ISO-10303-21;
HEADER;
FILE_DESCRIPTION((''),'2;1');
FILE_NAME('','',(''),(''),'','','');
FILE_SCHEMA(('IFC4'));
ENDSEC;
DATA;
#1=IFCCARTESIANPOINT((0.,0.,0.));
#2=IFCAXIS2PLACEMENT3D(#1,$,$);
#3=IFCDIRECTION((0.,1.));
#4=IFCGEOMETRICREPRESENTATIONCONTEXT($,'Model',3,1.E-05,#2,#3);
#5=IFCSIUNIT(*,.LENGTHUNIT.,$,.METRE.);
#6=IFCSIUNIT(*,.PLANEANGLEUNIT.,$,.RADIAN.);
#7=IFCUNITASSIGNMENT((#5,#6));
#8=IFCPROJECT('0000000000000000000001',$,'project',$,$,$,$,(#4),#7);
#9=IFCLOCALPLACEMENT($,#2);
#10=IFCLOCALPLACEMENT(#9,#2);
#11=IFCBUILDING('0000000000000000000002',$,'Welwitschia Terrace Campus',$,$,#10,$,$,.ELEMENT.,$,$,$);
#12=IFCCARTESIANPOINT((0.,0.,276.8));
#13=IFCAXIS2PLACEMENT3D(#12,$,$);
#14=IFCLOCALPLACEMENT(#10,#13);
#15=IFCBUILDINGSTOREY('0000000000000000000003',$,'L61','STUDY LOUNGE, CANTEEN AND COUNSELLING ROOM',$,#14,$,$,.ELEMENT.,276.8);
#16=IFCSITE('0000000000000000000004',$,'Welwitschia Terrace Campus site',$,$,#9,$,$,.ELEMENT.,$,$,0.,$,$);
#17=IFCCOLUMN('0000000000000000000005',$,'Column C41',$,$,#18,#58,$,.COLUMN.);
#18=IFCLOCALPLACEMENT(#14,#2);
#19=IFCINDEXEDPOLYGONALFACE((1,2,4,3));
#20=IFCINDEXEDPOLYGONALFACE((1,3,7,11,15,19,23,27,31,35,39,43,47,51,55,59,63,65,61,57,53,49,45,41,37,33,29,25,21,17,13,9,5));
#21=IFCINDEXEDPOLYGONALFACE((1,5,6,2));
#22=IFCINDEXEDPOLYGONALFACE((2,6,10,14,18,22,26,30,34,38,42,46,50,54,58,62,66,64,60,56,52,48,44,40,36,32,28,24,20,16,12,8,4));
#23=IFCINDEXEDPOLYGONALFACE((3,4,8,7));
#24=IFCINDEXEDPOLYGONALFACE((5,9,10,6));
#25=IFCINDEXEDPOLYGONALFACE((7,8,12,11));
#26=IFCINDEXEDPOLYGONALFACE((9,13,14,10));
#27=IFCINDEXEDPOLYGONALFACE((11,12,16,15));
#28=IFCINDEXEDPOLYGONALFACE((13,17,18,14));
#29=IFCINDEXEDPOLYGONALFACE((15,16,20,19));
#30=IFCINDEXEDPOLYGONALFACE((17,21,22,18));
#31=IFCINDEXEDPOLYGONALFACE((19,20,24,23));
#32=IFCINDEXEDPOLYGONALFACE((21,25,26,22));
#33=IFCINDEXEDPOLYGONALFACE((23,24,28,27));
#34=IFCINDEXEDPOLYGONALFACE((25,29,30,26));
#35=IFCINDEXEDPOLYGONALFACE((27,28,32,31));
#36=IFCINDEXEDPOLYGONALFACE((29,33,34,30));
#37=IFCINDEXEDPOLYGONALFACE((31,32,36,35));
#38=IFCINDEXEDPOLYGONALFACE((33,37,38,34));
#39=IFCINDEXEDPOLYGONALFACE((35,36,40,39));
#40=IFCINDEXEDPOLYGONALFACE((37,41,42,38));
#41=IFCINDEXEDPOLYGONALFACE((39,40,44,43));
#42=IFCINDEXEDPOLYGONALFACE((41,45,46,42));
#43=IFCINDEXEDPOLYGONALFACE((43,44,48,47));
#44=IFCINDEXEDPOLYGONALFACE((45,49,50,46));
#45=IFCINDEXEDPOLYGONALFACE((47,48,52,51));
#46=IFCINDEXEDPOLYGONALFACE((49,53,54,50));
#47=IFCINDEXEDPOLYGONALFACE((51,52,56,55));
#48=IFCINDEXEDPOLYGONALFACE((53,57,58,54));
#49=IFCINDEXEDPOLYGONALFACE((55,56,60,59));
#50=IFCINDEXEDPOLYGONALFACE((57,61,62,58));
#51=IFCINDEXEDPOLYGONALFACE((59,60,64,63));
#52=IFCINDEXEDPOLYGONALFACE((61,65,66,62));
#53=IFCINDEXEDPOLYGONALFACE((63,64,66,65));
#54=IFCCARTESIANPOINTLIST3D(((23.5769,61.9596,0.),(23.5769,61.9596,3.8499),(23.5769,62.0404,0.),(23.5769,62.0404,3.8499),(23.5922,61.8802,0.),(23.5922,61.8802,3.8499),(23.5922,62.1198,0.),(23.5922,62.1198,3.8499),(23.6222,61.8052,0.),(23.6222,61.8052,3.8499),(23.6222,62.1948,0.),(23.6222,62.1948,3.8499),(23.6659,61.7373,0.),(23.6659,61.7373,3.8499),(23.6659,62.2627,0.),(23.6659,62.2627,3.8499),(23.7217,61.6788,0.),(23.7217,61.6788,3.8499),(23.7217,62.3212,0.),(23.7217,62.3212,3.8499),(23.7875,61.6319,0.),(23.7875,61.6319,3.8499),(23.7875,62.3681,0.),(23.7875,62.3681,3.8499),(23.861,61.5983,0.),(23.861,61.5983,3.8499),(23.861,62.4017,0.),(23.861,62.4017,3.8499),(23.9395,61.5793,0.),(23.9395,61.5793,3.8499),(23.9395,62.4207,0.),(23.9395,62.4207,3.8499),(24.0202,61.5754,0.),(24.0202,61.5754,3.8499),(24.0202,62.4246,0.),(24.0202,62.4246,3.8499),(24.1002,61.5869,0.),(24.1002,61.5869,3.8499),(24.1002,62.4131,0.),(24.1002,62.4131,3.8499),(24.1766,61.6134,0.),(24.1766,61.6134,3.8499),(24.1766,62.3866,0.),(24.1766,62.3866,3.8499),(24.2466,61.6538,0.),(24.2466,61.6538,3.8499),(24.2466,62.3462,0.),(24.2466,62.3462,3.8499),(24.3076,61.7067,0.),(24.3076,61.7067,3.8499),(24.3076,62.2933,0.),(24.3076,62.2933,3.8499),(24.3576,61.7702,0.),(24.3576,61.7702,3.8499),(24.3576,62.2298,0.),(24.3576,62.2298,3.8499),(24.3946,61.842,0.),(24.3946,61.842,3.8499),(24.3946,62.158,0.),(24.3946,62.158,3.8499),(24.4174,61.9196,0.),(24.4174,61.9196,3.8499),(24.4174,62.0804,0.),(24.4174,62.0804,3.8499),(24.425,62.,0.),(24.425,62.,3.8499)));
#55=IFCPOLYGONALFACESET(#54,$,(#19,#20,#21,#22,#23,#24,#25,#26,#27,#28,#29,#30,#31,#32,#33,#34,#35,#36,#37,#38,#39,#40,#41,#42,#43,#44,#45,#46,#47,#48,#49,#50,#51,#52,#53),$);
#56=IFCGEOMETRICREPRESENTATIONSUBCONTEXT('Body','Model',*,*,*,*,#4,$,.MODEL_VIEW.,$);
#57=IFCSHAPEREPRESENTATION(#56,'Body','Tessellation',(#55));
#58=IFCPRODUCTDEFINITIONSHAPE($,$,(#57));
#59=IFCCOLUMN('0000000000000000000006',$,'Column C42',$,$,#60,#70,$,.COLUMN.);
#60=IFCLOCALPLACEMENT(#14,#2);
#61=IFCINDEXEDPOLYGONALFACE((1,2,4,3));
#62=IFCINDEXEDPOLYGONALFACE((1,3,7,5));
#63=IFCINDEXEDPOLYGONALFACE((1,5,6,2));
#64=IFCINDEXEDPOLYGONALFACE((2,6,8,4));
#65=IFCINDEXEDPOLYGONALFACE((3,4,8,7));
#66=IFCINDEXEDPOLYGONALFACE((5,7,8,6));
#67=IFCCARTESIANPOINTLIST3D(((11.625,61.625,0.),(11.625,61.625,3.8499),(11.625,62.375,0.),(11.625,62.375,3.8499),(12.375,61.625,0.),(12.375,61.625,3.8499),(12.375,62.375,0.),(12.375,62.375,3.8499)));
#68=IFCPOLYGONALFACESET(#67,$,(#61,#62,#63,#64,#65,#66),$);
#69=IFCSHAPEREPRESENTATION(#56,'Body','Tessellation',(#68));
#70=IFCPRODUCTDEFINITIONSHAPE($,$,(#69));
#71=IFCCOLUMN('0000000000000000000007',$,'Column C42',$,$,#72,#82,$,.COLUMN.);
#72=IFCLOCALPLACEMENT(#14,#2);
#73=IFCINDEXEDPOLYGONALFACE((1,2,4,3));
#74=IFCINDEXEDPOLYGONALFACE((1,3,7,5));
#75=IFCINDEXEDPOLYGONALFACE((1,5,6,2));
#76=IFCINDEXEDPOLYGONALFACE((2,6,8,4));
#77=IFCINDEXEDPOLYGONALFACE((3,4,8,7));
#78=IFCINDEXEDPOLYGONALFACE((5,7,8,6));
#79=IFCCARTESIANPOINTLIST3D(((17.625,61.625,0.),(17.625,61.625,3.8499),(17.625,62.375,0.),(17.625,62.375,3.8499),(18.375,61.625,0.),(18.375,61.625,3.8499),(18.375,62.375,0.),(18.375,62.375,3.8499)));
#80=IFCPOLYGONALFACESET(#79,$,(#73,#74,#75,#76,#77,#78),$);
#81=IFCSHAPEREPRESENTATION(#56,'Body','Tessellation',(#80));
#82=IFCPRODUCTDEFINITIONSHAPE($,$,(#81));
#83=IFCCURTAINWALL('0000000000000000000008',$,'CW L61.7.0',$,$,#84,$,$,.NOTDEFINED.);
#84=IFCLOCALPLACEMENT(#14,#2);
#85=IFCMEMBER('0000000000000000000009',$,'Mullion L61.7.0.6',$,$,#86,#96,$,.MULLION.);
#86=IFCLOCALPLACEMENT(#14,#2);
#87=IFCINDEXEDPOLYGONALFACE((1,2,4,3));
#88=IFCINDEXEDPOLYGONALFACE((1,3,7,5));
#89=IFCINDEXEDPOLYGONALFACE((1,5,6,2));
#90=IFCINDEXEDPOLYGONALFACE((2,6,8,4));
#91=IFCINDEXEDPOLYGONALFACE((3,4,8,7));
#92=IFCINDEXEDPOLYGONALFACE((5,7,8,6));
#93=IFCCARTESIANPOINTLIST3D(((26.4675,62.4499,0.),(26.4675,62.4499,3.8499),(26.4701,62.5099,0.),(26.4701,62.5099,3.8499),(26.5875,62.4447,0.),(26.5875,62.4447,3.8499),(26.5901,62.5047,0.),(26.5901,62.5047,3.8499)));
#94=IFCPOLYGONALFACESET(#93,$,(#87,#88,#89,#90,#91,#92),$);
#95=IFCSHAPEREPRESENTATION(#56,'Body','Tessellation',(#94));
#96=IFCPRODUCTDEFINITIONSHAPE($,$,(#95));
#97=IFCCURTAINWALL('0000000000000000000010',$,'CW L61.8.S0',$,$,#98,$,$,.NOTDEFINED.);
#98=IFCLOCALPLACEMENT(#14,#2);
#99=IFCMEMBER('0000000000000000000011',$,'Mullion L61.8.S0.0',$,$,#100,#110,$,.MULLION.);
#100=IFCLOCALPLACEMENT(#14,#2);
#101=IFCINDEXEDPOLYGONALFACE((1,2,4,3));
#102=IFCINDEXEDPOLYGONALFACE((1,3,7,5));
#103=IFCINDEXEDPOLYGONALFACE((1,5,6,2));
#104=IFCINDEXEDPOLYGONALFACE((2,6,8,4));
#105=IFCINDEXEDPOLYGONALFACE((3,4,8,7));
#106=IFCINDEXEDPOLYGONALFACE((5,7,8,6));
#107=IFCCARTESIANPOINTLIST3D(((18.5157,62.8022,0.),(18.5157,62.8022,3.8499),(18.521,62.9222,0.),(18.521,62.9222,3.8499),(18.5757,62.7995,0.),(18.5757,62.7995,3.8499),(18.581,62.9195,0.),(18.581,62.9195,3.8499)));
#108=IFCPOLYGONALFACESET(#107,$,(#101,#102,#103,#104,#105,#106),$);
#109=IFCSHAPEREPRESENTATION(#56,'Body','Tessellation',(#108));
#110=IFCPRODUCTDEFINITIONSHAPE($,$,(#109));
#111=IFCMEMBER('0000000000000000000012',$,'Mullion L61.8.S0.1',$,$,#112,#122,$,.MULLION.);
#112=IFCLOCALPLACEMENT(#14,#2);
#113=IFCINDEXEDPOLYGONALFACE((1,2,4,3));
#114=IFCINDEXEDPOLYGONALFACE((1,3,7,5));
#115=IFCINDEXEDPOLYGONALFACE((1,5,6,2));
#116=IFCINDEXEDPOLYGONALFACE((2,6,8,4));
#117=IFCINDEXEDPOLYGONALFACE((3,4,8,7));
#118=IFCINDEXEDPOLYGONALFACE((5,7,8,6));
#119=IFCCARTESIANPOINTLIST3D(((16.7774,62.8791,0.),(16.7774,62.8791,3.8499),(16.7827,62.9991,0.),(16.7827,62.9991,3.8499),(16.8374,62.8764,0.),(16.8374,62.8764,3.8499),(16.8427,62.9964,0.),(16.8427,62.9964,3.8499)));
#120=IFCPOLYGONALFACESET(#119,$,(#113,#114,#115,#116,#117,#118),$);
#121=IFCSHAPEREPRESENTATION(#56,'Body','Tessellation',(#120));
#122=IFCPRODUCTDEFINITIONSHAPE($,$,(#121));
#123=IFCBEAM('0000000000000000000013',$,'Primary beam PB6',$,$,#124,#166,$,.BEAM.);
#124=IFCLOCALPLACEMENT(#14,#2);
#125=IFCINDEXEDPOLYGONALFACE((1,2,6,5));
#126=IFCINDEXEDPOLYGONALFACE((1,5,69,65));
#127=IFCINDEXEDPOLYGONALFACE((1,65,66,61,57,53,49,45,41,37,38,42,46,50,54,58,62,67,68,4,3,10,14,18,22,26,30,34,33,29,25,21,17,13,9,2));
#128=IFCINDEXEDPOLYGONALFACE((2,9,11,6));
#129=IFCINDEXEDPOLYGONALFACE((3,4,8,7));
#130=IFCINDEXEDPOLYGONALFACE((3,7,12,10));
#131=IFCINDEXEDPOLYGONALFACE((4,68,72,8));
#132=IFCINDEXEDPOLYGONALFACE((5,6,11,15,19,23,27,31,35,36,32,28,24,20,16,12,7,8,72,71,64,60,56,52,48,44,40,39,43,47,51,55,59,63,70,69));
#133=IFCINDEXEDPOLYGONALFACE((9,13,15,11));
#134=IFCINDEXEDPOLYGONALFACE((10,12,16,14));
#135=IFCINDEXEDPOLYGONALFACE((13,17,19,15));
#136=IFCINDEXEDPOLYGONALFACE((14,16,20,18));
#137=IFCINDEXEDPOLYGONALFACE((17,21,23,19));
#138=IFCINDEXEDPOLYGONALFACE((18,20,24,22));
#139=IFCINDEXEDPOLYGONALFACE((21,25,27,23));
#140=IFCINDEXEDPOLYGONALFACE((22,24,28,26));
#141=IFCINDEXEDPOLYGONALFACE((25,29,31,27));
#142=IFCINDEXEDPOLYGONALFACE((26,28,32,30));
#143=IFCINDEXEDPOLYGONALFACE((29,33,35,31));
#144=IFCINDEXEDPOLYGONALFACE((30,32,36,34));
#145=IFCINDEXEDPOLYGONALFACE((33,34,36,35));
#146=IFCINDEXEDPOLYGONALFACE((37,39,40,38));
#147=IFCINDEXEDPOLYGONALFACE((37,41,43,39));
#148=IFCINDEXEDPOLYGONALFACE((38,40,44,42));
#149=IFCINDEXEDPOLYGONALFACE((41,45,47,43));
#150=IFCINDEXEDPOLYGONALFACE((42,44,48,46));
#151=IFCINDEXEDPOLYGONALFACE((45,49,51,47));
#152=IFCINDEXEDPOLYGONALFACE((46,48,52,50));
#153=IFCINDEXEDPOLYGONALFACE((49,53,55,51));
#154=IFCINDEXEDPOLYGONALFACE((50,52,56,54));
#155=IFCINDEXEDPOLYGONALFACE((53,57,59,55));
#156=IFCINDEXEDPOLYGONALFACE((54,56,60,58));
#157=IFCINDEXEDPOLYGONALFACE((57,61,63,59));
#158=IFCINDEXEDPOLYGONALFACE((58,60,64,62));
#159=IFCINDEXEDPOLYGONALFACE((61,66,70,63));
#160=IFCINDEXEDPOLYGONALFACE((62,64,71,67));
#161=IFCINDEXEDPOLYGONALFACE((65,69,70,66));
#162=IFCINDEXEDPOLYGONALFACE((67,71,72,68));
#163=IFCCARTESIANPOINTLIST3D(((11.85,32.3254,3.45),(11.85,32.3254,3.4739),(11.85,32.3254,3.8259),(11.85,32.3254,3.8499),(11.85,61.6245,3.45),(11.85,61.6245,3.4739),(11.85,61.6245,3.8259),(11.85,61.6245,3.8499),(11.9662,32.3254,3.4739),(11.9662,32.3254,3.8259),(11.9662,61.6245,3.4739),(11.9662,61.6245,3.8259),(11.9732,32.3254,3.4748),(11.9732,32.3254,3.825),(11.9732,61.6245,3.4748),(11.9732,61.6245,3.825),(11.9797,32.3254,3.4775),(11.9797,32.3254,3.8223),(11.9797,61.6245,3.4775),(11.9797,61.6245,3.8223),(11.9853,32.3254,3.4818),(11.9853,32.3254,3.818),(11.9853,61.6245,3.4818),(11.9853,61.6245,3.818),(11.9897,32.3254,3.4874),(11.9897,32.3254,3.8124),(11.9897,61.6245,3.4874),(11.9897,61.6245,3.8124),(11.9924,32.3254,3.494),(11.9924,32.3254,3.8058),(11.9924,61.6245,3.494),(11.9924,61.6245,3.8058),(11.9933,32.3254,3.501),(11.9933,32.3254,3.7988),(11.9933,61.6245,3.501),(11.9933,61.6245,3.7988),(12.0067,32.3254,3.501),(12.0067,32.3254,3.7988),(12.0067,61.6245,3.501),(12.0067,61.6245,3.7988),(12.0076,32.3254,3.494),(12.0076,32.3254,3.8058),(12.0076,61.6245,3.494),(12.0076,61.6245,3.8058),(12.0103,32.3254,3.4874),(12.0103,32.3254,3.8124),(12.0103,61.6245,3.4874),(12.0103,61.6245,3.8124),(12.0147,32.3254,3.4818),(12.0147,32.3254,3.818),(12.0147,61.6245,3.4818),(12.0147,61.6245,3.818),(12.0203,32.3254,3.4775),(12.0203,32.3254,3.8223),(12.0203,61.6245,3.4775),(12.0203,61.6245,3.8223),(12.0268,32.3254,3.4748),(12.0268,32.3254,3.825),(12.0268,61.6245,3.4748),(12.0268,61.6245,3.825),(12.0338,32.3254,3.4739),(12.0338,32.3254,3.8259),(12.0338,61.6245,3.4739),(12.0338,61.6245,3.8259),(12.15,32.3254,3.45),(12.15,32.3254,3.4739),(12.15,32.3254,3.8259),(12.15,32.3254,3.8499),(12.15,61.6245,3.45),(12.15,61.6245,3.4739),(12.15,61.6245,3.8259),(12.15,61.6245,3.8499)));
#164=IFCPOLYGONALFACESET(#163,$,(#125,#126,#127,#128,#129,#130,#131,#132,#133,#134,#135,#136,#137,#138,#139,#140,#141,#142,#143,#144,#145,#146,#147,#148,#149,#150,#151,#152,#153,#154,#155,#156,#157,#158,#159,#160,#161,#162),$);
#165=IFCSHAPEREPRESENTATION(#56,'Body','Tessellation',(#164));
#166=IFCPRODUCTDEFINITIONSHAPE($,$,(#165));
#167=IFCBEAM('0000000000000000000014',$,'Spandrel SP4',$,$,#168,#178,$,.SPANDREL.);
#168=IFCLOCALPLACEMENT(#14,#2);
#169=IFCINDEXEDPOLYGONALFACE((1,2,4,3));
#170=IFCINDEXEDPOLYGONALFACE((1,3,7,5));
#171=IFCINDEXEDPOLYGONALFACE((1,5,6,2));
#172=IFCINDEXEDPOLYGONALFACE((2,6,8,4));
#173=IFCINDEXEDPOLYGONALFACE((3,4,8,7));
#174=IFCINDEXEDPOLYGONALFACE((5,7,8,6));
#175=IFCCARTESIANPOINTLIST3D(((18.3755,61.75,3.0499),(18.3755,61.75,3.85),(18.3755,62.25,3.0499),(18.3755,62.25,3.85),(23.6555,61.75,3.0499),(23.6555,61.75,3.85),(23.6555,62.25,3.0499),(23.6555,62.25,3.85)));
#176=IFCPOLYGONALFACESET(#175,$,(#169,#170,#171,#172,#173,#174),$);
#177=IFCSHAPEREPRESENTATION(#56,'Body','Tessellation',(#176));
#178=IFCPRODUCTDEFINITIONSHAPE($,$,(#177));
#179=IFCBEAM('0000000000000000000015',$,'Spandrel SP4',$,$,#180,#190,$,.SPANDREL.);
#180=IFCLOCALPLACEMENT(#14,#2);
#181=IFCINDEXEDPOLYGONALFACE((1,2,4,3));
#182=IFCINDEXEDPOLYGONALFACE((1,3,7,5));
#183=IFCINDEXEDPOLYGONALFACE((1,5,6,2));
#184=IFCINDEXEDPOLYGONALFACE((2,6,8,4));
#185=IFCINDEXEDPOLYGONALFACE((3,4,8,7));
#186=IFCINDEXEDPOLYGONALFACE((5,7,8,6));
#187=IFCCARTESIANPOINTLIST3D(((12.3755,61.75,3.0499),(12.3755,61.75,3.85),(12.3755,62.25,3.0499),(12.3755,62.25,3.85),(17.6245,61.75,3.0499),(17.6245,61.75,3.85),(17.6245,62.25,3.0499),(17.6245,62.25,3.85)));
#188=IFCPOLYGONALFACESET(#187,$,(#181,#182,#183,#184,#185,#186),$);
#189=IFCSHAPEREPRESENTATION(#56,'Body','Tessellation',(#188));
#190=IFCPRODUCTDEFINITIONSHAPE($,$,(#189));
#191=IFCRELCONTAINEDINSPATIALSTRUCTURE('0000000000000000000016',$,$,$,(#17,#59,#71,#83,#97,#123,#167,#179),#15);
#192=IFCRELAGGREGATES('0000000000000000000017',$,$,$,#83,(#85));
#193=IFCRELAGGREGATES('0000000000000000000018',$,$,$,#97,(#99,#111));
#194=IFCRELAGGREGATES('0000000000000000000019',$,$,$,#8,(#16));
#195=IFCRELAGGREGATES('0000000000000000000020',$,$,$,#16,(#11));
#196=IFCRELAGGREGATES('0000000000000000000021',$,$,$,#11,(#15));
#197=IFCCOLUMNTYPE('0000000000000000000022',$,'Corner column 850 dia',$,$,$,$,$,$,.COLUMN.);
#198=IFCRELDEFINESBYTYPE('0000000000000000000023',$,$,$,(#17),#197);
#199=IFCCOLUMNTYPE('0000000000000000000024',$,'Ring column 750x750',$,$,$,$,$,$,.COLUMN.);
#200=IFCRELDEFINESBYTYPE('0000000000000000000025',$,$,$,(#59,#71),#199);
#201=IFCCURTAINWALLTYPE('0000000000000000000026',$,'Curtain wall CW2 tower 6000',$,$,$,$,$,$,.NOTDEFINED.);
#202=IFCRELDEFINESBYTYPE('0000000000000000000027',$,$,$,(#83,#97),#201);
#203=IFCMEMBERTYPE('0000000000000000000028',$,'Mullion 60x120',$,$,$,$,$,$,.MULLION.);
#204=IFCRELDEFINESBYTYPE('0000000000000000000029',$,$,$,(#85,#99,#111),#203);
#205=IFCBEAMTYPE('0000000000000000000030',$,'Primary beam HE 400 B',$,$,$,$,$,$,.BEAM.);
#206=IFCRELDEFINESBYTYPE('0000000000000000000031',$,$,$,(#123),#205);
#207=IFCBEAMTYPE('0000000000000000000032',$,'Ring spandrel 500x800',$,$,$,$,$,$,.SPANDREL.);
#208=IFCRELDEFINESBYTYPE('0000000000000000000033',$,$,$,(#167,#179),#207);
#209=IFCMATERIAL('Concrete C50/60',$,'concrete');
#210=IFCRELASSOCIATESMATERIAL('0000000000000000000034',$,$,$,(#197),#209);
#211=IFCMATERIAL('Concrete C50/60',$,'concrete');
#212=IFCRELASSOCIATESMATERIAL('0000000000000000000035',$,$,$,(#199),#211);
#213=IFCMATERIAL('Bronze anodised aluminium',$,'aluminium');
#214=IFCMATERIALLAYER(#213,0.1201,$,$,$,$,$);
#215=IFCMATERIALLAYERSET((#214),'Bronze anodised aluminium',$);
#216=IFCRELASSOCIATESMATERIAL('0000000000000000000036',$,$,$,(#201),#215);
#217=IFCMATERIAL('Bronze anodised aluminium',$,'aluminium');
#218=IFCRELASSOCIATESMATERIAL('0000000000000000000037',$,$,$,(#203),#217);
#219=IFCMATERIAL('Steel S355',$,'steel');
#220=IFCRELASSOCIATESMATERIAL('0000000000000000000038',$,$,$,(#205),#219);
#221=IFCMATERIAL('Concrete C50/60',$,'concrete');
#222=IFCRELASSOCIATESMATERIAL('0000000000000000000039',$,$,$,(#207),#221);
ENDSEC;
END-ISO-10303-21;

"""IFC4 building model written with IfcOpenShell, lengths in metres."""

from ifc_helpers import new_model, si_unit, direction, frame, origin, origin_2d, place, context, subcontext, project, spatial, rectangle, circle, i_section, extrude, material, layer, layer_set, material_profile, profile_set, type_object, element, aggregate, save


model = new_model("IFC4")

# Units and contexts
model_context = context("Model", 3, precision=1e-05, world=origin(), true_north=direction((0.0, 1.0)))
body_context = subcontext(model_context, "Body", "Model", "MODEL_VIEW")
ifc_project = project(units=[si_unit("LENGTHUNIT", "METRE"), si_unit("PLANEANGLEUNIT", "RADIAN")], contexts=[model_context])

# Site, building, storey
site_placement = place(None, origin())
site = spatial("IfcSite", under=ifc_project, at=site_placement, Name="Welwitschia Terrace Campus site", CompositionType="ELEMENT", RefElevation=0.0)
building_placement = place(site_placement, origin())
building = spatial("IfcBuilding", under=site, at=building_placement, Name="Welwitschia Terrace Campus", CompositionType="ELEMENT")
storey_placement = place(building_placement, frame((0.0, 0.0, 276.8)))
storey = spatial("IfcBuildingStorey", under=building, at=storey_placement, Name="L61", Description="STUDY LOUNGE, CANTEEN AND COUNSELLING ROOM", CompositionType="ELEMENT", Elevation=276.8)

# Columns
ifc_material_1 = material(Name="Concrete C50/60", Category="concrete")
ifc_material_profile_1 = material_profile(ifc_material_1, circle(Radius=0.425, at=origin_2d()))
ifc_profile_set_1 = profile_set([ifc_material_profile_1], Name="Concrete C50/60")
column_type_1 = type_object("IfcColumnType", Name="Corner column 850 dia", PredefinedType="COLUMN", material=ifc_profile_set_1)
column_placement = place(storey_placement, frame((24.0, 62.0, 0.0), z_axis=(0.0, 0.0, 1.0), x_axis=(1.0, 0.0, 0.0)))
element("IfcColumn", 1, at=column_placement, inside=storey, type_object=column_type_1, Name="Column C41", PredefinedType="COLUMN", context=body_context, shape_type="SweptSolid", body=[
    extrude(circle(Radius=0.425, at=origin_2d()), origin(), (0.0, 0.0, 1.0), 3.8499),
])
ifc_material_2 = material(Name="Concrete C50/60", Category="concrete")
ifc_material_profile_2 = material_profile(ifc_material_2, rectangle(XDim=0.75, YDim=0.75, at=origin_2d()))
ifc_profile_set_2 = profile_set([ifc_material_profile_2], Name="Concrete C50/60")
column_type_2 = type_object("IfcColumnType", Name="Ring column 750x750", PredefinedType="COLUMN", material=ifc_profile_set_2)
for number, where, z_axis, x_axis, name in (
    (2, (12.0, 62.0, 0.0), (0.0, 0.0, 1.0), (1.0, 0.0, 0.0), "Column C42"),
    (3, (18.0, 62.0, 0.0), (0.0, 0.0, 1.0), (1.0, 0.0, 0.0), "Column C42"),
):
    element("IfcColumn", number, at=place(storey_placement, frame(where, z_axis=z_axis, x_axis=x_axis)), inside=storey, type_object=column_type_2, Name=name, PredefinedType="COLUMN", context=body_context, shape_type="SweptSolid", body=[
        extrude(rectangle(XDim=0.75, YDim=0.75, at=origin_2d()), origin(), (0.0, 0.0, 1.0), 3.8499),
    ])

# Curtain wall, member
ifc_material_3 = material(Name="Bronze anodised aluminium", Category="aluminium")
ifc_layer_1 = layer(ifc_material_3, 0.1201)
ifc_layer_set_1 = layer_set([ifc_layer_1], Name="Bronze anodised aluminium")
curtain_wall_type = type_object("IfcCurtainWallType", Name="Curtain wall CW2 tower 6000", PredefinedType="NOTDEFINED", material=ifc_layer_set_1)
curtain_wall_1_placement = place(storey_placement, origin())
curtain_wall_1 = element("IfcCurtainWall", 4, at=curtain_wall_1_placement, inside=storey, type_object=curtain_wall_type, Name="CW L61.7.0", PredefinedType="NOTDEFINED")
ifc_material_4 = material(Name="Bronze anodised aluminium", Category="aluminium")
ifc_material_profile_3 = material_profile(ifc_material_4, rectangle(XDim=0.1201, YDim=0.0601, at=origin_2d()))
ifc_profile_set_3 = profile_set([ifc_material_profile_3], Name="Bronze anodised aluminium")
member_type_1 = type_object("IfcMemberType", Name="Mullion 60x120", PredefinedType="MULLION", material=ifc_profile_set_3)
member_1_placement = place(storey_placement, frame((26.5288, 62.4773, 0.0), z_axis=(0.0, 0.0, 1.0), x_axis=(-0.999048, 0.043619, 0.0)))
member_1 = element("IfcMember", 5, at=member_1_placement, type_object=member_type_1, Name="Mullion L61.7.0.6", PredefinedType="MULLION", context=body_context, shape_type="SweptSolid", body=[
    extrude(rectangle(XDim=0.1201, YDim=0.0601, at=origin_2d()), origin(), (0.0, 0.0, 1.0), 3.8499),
])

# Curtain wall, members
curtain_wall_2_placement = place(storey_placement, origin())
curtain_wall_2 = element("IfcCurtainWall", 6, at=curtain_wall_2_placement, inside=storey, type_object=curtain_wall_type, Name="CW L61.8.S0", PredefinedType="NOTDEFINED")
member_2_placement = place(storey_placement, frame((18.5483, 62.8608, 0.0), z_axis=(0.0, 0.0, 1.0), x_axis=(-0.044259, -0.99902, 0.0)))
member_2 = element("IfcMember", 7, at=member_2_placement, type_object=member_type_1, Name="Mullion L61.8.S0.0", PredefinedType="MULLION", context=body_context, shape_type="SweptSolid", body=[
    extrude(rectangle(XDim=0.1201, YDim=0.0601, at=origin_2d()), origin(), (0.0, 0.0, 1.0), 3.8499),
])
member_3_placement = place(storey_placement, frame((16.8101, 62.9377, 0.0), z_axis=(0.0, 0.0, 1.0), x_axis=(-0.044259, -0.99902, 0.0)))
member_3 = element("IfcMember", 8, at=member_3_placement, type_object=member_type_1, Name="Mullion L61.8.S0.1", PredefinedType="MULLION", context=body_context, shape_type="SweptSolid", body=[
    extrude(rectangle(XDim=0.1201, YDim=0.0601, at=origin_2d()), origin(), (0.0, 0.0, 1.0), 3.8499),
])

# Beams
ifc_material_5 = material(Name="Steel S355", Category="steel")
ifc_material_profile_4 = material_profile(ifc_material_5, i_section(OverallWidth=0.3, OverallDepth=0.3999, WebThickness=0.0134, FlangeThickness=0.0239, FilletRadius=0.0271, at=origin_2d()))
ifc_profile_set_4 = profile_set([ifc_material_profile_4], Name="Steel S355")
beam_type_1 = type_object("IfcBeamType", Name="Primary beam HE 400 B", PredefinedType="BEAM", material=ifc_profile_set_4)
beam_1_placement = place(storey_placement, frame((12.0, 61.6245, 3.6499), z_axis=(0.0, -1.0, 0.0), x_axis=(1.0, 0.0, 0.0)))
element("IfcBeam", 9, at=beam_1_placement, inside=storey, type_object=beam_type_1, Name="Primary beam PB6", PredefinedType="BEAM", context=body_context, shape_type="SweptSolid", body=[
    extrude(i_section(OverallWidth=0.3, OverallDepth=0.3999, WebThickness=0.0134, FlangeThickness=0.0239, FilletRadius=0.0271, at=origin_2d()), origin(), (0.0, 0.0, 1.0), 29.2991),
])
ifc_material_6 = material(Name="Concrete C50/60", Category="concrete")
ifc_material_profile_5 = material_profile(ifc_material_6, rectangle(XDim=0.5, YDim=0.8, at=origin_2d()))
ifc_profile_set_5 = profile_set([ifc_material_profile_5], Name="Concrete C50/60")
beam_type_2 = type_object("IfcBeamType", Name="Ring spandrel 500x800", PredefinedType="SPANDREL", material=ifc_profile_set_5)
beam_2_placement = place(storey_placement, frame((23.6555, 62.0, 3.45), z_axis=(-1.0, 0.0, 0.0), x_axis=(0.0, -1.0, 0.0)))
element("IfcBeam", 10, at=beam_2_placement, inside=storey, type_object=beam_type_2, Name="Spandrel SP4", PredefinedType="SPANDREL", context=body_context, shape_type="SweptSolid", body=[
    extrude(rectangle(XDim=0.5, YDim=0.8, at=origin_2d()), origin(), (0.0, 0.0, 1.0), 5.28),
])
for number, where, z_axis, x_axis, name in (
    (11, (17.6245, 62.0, 3.45), (-1.0, 0.0, 0.0), (0.0, -1.0, 0.0), "Spandrel SP4"),
):
    element("IfcBeam", number, at=place(storey_placement, frame(where, z_axis=z_axis, x_axis=x_axis)), inside=storey, type_object=beam_type_2, Name=name, PredefinedType="SPANDREL", context=body_context, shape_type="SweptSolid", body=[
        extrude(rectangle(XDim=0.5, YDim=0.8, at=origin_2d()), origin(), (0.0, 0.0, 1.0), 5.249),
    ])

aggregate(curtain_wall_1, [member_1])
aggregate(curtain_wall_2, [member_2, member_3])

save(model, "model.ifc")
